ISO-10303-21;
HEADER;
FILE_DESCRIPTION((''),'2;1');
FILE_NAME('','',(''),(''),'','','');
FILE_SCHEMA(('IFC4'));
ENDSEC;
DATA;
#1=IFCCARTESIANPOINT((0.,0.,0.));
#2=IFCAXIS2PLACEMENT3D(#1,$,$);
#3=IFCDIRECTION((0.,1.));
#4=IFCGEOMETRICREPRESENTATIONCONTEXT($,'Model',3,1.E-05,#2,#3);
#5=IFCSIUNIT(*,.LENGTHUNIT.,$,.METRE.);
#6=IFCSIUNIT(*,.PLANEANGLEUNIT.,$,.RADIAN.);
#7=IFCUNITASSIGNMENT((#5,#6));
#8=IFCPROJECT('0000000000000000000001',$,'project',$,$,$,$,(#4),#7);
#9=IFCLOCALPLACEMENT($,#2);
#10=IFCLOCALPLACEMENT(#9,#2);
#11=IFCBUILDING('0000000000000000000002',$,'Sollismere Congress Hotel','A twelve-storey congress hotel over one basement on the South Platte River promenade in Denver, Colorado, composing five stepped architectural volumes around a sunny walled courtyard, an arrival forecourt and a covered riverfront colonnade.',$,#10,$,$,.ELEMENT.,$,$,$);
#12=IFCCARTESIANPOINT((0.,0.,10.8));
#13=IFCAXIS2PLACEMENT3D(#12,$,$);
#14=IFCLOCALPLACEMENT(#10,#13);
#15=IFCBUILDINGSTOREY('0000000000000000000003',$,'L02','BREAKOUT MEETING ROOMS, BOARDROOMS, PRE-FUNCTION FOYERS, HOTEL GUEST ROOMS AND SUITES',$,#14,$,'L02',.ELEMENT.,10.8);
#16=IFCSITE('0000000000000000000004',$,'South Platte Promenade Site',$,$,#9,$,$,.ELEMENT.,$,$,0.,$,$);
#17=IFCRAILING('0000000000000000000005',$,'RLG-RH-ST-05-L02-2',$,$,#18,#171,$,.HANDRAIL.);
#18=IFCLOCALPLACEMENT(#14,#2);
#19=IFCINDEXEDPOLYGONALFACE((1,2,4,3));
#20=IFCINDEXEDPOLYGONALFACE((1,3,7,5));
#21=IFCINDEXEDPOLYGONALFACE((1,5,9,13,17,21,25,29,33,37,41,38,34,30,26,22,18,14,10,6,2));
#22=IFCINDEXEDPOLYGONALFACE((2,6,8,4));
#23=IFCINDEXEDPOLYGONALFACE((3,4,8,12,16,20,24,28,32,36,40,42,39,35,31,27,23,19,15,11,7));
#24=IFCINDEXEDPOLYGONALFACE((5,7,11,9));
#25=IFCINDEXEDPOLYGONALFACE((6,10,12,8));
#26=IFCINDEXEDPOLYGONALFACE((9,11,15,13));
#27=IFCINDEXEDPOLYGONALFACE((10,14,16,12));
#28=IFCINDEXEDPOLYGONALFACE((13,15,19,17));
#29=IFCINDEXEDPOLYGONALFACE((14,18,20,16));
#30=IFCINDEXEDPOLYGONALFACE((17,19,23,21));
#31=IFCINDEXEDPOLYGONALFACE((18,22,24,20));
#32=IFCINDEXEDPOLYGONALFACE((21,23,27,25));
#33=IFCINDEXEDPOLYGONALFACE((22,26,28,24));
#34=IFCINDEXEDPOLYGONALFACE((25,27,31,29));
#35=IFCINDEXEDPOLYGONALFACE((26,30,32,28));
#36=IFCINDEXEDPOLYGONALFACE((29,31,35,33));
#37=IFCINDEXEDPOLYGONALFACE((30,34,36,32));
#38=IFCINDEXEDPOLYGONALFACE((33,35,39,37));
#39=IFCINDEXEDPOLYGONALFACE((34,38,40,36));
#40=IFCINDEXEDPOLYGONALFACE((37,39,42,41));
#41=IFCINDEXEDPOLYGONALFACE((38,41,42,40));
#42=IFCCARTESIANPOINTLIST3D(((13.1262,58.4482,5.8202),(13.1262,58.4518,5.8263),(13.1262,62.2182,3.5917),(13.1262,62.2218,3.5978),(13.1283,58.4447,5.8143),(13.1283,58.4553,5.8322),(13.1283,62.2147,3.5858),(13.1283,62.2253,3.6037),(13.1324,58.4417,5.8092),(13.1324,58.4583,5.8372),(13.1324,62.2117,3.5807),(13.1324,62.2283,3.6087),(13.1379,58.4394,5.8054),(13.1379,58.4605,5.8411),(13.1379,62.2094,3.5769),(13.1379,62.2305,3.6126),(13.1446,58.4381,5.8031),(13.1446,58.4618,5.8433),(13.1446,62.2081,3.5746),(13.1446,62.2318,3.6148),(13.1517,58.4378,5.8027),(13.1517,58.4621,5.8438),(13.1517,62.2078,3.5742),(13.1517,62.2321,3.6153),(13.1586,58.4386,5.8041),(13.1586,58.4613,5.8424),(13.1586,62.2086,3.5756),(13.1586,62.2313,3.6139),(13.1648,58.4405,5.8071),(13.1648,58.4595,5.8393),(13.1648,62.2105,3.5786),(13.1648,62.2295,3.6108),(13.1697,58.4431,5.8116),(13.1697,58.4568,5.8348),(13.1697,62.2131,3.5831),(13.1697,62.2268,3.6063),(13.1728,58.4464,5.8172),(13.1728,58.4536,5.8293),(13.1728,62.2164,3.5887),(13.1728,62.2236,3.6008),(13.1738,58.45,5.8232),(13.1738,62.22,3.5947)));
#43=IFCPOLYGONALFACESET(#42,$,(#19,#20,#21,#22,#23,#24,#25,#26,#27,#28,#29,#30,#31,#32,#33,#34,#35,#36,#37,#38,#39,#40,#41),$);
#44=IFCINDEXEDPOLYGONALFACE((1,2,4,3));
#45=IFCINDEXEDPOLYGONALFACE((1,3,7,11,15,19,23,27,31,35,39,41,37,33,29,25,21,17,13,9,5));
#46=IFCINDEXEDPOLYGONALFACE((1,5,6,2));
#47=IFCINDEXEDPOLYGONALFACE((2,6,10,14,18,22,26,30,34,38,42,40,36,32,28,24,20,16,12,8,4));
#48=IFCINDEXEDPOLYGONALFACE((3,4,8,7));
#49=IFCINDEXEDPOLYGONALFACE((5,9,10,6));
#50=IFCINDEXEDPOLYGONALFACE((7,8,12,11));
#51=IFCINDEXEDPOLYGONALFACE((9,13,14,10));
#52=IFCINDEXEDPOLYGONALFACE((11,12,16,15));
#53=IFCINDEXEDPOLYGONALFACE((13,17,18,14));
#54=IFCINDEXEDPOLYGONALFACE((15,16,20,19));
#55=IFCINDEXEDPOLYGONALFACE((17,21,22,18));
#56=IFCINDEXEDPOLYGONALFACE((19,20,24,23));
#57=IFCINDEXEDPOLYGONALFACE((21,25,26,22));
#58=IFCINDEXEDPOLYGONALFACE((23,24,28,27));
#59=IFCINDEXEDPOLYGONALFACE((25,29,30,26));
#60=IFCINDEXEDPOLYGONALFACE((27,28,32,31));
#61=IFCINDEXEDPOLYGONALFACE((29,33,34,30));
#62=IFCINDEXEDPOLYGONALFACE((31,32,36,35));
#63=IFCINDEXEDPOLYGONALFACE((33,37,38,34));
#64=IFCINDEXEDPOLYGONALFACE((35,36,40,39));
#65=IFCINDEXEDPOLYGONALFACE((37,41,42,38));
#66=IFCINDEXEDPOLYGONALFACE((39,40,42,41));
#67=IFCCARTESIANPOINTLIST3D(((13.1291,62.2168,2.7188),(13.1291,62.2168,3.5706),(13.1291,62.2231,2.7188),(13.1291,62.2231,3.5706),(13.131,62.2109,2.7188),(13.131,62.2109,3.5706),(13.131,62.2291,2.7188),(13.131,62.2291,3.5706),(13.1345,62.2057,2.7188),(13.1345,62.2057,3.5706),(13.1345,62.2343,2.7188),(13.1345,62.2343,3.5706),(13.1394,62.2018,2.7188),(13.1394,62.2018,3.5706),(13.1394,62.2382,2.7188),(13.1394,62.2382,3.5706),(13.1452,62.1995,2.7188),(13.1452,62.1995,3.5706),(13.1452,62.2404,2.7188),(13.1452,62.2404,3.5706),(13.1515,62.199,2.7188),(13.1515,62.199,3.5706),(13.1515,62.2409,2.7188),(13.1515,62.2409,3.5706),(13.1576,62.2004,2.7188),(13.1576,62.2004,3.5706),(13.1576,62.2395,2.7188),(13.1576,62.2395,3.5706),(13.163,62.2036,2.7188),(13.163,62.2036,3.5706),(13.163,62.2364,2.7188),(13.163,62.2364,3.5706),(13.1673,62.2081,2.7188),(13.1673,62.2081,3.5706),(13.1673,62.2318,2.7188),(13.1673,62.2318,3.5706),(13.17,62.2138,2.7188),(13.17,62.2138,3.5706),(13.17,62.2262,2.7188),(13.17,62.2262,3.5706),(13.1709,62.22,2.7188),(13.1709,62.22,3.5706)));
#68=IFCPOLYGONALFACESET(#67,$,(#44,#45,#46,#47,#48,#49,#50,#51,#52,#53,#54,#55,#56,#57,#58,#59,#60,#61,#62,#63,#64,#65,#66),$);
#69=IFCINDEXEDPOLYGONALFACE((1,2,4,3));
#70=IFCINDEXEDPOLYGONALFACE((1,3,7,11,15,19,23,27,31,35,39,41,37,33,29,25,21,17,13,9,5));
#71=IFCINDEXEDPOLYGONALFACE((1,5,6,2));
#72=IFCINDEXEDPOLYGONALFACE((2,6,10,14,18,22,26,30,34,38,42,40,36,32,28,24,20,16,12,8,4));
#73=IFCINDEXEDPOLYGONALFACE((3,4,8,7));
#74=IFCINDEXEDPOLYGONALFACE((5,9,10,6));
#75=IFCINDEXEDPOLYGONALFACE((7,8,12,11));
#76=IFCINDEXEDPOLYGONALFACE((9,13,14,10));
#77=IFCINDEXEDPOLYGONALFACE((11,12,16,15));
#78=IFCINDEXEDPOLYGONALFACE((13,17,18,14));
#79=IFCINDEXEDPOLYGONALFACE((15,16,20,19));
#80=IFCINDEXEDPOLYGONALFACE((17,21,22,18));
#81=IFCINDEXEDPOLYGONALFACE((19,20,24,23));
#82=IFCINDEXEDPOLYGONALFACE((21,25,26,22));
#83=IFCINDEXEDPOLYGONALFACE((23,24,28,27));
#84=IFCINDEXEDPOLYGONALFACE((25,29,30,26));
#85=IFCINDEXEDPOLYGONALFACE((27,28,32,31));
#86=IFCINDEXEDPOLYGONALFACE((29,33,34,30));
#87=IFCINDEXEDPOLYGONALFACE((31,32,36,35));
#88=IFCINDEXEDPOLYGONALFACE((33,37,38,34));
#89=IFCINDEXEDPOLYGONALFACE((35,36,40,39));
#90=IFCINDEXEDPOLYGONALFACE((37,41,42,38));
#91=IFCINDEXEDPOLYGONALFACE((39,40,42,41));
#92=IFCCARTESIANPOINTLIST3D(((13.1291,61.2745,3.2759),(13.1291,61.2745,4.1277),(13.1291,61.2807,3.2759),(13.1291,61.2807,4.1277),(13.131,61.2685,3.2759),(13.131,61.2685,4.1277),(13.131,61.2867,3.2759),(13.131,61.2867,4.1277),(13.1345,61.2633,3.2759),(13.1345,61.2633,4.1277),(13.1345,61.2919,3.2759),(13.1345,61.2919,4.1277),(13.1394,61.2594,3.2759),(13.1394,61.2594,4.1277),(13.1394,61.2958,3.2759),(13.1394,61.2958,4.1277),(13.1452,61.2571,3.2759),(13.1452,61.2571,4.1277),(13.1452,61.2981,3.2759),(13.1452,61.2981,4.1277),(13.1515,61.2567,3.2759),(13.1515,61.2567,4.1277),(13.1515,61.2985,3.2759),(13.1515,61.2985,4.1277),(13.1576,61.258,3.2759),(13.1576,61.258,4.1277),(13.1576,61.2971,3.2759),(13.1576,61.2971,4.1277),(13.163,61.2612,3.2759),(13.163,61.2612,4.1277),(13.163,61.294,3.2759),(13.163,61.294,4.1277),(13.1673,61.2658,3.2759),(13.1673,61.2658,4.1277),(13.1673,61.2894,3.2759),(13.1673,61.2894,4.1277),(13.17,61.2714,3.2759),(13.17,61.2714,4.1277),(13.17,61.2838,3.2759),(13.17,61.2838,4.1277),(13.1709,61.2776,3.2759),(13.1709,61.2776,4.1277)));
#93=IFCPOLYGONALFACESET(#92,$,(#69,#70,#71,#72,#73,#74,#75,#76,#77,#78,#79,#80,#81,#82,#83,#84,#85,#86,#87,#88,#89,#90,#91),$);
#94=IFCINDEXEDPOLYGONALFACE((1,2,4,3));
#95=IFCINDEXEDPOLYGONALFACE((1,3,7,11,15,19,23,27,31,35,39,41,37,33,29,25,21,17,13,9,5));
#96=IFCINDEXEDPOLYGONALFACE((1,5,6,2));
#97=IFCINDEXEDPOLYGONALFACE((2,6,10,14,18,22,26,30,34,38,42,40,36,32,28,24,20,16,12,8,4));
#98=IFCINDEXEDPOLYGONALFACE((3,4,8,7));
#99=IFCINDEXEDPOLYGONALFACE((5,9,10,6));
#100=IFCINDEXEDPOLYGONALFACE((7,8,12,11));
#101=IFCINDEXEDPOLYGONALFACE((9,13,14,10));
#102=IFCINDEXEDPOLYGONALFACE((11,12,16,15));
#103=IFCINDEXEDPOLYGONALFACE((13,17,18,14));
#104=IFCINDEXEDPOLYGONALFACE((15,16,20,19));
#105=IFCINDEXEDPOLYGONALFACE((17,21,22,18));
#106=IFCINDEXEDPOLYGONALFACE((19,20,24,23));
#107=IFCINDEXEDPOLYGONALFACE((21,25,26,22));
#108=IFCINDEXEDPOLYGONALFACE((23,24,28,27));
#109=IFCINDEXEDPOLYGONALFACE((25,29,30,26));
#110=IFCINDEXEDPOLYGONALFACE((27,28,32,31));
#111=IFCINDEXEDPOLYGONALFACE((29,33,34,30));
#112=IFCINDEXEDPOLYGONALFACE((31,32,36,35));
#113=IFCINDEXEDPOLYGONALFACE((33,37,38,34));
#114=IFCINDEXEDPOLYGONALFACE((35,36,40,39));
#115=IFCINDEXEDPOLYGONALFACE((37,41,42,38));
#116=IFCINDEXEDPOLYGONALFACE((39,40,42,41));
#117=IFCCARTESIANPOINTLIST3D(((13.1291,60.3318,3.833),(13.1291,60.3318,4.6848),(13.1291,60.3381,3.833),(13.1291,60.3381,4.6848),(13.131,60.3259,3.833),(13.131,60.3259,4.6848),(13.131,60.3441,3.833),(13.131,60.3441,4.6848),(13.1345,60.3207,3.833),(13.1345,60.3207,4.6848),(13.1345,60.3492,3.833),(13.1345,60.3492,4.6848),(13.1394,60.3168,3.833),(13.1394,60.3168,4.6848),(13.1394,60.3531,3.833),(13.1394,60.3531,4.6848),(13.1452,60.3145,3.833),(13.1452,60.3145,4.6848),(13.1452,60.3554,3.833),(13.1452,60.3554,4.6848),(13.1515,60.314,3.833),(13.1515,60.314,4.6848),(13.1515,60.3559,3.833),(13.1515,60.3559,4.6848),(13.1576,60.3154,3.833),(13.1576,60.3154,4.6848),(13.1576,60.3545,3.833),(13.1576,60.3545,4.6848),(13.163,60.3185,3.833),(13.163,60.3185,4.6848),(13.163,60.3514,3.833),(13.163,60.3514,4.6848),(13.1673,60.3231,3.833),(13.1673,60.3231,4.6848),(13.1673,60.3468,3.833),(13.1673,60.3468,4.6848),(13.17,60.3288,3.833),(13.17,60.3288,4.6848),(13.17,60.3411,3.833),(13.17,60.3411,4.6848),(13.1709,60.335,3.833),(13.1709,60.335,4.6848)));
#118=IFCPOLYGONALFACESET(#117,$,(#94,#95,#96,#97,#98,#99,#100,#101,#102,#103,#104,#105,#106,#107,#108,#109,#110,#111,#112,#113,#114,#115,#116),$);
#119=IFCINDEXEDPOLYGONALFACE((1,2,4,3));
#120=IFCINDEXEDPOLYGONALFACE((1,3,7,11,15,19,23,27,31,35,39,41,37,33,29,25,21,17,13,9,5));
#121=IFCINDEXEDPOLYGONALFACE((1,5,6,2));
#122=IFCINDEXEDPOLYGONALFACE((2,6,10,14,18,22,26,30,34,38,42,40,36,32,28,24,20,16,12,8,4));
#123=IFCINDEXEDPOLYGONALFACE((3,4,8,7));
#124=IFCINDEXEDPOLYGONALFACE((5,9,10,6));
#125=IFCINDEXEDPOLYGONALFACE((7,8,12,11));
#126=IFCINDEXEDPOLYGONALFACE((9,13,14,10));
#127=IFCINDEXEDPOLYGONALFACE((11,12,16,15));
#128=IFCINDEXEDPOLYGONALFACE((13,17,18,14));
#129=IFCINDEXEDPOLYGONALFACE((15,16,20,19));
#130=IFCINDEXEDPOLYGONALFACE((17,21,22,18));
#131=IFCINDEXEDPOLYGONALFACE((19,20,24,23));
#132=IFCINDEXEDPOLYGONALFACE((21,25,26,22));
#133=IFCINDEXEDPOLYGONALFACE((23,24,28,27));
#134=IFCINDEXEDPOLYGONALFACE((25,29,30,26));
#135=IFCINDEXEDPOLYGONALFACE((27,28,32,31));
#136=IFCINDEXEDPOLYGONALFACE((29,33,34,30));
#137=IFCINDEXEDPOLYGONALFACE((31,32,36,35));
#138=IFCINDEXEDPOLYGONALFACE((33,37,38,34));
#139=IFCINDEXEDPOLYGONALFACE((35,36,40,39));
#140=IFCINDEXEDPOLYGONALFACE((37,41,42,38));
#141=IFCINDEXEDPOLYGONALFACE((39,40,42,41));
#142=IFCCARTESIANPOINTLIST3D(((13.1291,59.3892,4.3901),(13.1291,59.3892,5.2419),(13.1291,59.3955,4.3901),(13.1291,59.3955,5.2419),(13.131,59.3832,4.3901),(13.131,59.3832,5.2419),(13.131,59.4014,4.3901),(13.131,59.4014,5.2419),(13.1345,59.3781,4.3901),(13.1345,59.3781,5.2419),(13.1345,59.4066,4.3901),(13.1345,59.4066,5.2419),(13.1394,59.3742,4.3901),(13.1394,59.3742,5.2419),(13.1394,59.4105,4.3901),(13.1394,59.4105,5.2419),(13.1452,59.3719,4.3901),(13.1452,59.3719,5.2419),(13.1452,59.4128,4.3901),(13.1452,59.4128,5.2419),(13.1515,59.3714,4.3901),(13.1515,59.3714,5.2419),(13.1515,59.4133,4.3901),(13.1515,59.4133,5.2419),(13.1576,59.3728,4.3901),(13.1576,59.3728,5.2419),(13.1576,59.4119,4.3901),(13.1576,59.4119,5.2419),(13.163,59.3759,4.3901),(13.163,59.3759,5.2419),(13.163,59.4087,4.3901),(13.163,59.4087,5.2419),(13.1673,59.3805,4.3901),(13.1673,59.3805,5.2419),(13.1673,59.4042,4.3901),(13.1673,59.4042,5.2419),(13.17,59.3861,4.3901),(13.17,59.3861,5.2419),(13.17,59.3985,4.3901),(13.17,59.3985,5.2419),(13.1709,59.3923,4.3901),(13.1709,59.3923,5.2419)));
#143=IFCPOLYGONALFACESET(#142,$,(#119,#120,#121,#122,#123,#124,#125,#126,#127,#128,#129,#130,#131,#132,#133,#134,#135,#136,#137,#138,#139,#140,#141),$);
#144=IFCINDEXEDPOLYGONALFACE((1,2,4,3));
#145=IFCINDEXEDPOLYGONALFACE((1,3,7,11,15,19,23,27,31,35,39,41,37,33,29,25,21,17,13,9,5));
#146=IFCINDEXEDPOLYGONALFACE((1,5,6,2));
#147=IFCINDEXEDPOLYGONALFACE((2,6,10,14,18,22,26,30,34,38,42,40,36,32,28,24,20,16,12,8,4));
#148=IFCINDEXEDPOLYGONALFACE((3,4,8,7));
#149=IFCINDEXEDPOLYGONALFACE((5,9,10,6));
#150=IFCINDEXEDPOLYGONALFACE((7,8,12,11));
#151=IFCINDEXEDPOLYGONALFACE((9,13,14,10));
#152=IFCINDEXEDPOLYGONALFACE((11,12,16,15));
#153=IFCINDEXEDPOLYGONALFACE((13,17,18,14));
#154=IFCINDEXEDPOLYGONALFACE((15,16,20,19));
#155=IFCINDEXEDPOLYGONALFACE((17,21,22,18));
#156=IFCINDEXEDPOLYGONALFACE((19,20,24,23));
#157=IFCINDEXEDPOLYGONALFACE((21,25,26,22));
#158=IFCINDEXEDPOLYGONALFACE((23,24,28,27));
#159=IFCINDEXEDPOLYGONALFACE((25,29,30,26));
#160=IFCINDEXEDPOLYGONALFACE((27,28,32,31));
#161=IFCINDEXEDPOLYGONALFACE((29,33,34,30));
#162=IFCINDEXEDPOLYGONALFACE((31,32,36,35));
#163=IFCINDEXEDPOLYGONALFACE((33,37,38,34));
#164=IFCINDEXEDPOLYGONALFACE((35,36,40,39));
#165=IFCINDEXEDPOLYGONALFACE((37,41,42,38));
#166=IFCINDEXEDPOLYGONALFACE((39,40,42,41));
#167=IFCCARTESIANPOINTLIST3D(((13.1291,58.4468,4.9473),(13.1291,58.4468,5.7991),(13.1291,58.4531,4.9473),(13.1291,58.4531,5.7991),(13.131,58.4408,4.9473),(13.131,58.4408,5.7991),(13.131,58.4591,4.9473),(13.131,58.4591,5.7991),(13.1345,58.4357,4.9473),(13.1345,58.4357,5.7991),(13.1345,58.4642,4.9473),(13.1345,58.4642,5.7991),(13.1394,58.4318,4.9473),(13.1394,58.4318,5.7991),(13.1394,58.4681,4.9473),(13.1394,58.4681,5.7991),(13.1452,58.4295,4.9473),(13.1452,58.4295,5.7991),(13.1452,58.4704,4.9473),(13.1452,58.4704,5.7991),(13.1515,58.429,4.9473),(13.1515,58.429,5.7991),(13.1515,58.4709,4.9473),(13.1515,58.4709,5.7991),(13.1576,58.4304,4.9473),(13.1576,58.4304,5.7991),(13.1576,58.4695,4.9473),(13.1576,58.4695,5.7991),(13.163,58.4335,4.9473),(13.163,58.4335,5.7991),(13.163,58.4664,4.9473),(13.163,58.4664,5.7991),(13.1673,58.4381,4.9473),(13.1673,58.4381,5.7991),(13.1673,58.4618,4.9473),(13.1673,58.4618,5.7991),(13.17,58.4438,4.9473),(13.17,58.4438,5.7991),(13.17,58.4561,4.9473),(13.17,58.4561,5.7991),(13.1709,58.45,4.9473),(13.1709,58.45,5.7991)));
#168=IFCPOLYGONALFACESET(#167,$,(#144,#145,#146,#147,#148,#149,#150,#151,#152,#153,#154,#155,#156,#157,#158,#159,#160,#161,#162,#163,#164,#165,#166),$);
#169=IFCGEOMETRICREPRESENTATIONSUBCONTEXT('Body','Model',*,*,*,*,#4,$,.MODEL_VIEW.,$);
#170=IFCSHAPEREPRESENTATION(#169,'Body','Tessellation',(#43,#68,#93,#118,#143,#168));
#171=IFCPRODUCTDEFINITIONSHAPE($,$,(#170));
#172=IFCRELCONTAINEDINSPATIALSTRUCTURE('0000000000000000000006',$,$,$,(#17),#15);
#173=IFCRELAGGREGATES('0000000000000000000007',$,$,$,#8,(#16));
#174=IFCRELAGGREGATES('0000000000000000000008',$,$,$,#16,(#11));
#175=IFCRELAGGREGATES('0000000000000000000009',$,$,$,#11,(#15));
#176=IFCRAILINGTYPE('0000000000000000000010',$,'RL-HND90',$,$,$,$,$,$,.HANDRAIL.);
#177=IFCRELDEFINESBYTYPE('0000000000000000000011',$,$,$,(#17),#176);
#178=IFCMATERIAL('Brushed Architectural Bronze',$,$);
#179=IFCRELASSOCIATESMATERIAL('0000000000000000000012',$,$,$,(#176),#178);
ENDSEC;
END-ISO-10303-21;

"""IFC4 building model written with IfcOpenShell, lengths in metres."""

from ifc_helpers import new_model, si_unit, direction, frame, origin, origin_2d, place, context, subcontext, project, spatial, circle, extrude, material, type_object, element, save


model = new_model("IFC4")

# Units and contexts
model_context = context("Model", 3, precision=1e-05, world=origin(), true_north=direction((0.0, 1.0)))
body_context = subcontext(model_context, "Body", "Model", "MODEL_VIEW")
ifc_project = project(units=[si_unit("LENGTHUNIT", "METRE"), si_unit("PLANEANGLEUNIT", "RADIAN")], contexts=[model_context])

# Site, building, storey
site_placement = place(None, origin())
site = spatial("IfcSite", under=ifc_project, at=site_placement, Name="South Platte Promenade Site", CompositionType="ELEMENT", RefElevation=0.0)
building_placement = place(site_placement, origin())
building = spatial("IfcBuilding", under=site, at=building_placement, Name="Sollismere Congress Hotel", Description="A twelve-storey congress hotel over one basement on the South Platte River promenade in Denver, Colorado, composing five stepped architectural volumes around a sunny walled courtyard, an arrival forecourt and a covered riverfront colonnade.", CompositionType="ELEMENT")
storey_placement = place(building_placement, frame((0.0, 0.0, 10.8)))
storey = spatial("IfcBuildingStorey", under=building, at=storey_placement, Name="L02", Description="BREAKOUT MEETING ROOMS, BOARDROOMS, PRE-FUNCTION FOYERS, HOTEL GUEST ROOMS AND SUITES", LongName="L02", CompositionType="ELEMENT", Elevation=10.8)

# Railing
ifc_material_1 = material(Name="Brushed Architectural Bronze")
railing_type_1 = type_object("IfcRailingType", Name="RL-HND90", PredefinedType="HANDRAIL", material=ifc_material_1)
railing_1_placement = place(storey_placement, frame((13.1499, 62.22, 2.7188)))
element("IfcRailing", 1, at=railing_1_placement, inside=storey, type_object=railing_type_1, Name="RLG-RH-ST-05-L02-2", PredefinedType="HANDRAIL", context=body_context, shape_type="SweptSolid", body=[
    extrude(circle(Radius=0.0239, at=origin_2d()), frame((0.0, 0.0, 0.876), z_axis=(0.0, -0.860849, 0.508861), x_axis=(1.0, 0.0, 0.0)), (0.0, 0.0, 1.0), 4.3794),
    extrude(circle(Radius=0.021, at=origin_2d()), origin(), (0.0, 0.0, 1.0), 0.8518),
    extrude(circle(Radius=0.021, at=origin_2d()), frame((0.0, -0.9424, 0.5571)), (0.0, 0.0, 1.0), 0.8518),
    extrude(circle(Radius=0.021, at=origin_2d()), frame((0.0, -1.885, 1.1143)), (0.0, 0.0, 1.0), 0.8518),
    extrude(circle(Radius=0.021, at=origin_2d()), frame((0.0, -2.8276, 1.6714)), (0.0, 0.0, 1.0), 0.8518),
    extrude(circle(Radius=0.021, at=origin_2d()), frame((0.0, -3.77, 2.2285)), (0.0, 0.0, 1.0), 0.8518),
])

save(model, "model.ifc")
